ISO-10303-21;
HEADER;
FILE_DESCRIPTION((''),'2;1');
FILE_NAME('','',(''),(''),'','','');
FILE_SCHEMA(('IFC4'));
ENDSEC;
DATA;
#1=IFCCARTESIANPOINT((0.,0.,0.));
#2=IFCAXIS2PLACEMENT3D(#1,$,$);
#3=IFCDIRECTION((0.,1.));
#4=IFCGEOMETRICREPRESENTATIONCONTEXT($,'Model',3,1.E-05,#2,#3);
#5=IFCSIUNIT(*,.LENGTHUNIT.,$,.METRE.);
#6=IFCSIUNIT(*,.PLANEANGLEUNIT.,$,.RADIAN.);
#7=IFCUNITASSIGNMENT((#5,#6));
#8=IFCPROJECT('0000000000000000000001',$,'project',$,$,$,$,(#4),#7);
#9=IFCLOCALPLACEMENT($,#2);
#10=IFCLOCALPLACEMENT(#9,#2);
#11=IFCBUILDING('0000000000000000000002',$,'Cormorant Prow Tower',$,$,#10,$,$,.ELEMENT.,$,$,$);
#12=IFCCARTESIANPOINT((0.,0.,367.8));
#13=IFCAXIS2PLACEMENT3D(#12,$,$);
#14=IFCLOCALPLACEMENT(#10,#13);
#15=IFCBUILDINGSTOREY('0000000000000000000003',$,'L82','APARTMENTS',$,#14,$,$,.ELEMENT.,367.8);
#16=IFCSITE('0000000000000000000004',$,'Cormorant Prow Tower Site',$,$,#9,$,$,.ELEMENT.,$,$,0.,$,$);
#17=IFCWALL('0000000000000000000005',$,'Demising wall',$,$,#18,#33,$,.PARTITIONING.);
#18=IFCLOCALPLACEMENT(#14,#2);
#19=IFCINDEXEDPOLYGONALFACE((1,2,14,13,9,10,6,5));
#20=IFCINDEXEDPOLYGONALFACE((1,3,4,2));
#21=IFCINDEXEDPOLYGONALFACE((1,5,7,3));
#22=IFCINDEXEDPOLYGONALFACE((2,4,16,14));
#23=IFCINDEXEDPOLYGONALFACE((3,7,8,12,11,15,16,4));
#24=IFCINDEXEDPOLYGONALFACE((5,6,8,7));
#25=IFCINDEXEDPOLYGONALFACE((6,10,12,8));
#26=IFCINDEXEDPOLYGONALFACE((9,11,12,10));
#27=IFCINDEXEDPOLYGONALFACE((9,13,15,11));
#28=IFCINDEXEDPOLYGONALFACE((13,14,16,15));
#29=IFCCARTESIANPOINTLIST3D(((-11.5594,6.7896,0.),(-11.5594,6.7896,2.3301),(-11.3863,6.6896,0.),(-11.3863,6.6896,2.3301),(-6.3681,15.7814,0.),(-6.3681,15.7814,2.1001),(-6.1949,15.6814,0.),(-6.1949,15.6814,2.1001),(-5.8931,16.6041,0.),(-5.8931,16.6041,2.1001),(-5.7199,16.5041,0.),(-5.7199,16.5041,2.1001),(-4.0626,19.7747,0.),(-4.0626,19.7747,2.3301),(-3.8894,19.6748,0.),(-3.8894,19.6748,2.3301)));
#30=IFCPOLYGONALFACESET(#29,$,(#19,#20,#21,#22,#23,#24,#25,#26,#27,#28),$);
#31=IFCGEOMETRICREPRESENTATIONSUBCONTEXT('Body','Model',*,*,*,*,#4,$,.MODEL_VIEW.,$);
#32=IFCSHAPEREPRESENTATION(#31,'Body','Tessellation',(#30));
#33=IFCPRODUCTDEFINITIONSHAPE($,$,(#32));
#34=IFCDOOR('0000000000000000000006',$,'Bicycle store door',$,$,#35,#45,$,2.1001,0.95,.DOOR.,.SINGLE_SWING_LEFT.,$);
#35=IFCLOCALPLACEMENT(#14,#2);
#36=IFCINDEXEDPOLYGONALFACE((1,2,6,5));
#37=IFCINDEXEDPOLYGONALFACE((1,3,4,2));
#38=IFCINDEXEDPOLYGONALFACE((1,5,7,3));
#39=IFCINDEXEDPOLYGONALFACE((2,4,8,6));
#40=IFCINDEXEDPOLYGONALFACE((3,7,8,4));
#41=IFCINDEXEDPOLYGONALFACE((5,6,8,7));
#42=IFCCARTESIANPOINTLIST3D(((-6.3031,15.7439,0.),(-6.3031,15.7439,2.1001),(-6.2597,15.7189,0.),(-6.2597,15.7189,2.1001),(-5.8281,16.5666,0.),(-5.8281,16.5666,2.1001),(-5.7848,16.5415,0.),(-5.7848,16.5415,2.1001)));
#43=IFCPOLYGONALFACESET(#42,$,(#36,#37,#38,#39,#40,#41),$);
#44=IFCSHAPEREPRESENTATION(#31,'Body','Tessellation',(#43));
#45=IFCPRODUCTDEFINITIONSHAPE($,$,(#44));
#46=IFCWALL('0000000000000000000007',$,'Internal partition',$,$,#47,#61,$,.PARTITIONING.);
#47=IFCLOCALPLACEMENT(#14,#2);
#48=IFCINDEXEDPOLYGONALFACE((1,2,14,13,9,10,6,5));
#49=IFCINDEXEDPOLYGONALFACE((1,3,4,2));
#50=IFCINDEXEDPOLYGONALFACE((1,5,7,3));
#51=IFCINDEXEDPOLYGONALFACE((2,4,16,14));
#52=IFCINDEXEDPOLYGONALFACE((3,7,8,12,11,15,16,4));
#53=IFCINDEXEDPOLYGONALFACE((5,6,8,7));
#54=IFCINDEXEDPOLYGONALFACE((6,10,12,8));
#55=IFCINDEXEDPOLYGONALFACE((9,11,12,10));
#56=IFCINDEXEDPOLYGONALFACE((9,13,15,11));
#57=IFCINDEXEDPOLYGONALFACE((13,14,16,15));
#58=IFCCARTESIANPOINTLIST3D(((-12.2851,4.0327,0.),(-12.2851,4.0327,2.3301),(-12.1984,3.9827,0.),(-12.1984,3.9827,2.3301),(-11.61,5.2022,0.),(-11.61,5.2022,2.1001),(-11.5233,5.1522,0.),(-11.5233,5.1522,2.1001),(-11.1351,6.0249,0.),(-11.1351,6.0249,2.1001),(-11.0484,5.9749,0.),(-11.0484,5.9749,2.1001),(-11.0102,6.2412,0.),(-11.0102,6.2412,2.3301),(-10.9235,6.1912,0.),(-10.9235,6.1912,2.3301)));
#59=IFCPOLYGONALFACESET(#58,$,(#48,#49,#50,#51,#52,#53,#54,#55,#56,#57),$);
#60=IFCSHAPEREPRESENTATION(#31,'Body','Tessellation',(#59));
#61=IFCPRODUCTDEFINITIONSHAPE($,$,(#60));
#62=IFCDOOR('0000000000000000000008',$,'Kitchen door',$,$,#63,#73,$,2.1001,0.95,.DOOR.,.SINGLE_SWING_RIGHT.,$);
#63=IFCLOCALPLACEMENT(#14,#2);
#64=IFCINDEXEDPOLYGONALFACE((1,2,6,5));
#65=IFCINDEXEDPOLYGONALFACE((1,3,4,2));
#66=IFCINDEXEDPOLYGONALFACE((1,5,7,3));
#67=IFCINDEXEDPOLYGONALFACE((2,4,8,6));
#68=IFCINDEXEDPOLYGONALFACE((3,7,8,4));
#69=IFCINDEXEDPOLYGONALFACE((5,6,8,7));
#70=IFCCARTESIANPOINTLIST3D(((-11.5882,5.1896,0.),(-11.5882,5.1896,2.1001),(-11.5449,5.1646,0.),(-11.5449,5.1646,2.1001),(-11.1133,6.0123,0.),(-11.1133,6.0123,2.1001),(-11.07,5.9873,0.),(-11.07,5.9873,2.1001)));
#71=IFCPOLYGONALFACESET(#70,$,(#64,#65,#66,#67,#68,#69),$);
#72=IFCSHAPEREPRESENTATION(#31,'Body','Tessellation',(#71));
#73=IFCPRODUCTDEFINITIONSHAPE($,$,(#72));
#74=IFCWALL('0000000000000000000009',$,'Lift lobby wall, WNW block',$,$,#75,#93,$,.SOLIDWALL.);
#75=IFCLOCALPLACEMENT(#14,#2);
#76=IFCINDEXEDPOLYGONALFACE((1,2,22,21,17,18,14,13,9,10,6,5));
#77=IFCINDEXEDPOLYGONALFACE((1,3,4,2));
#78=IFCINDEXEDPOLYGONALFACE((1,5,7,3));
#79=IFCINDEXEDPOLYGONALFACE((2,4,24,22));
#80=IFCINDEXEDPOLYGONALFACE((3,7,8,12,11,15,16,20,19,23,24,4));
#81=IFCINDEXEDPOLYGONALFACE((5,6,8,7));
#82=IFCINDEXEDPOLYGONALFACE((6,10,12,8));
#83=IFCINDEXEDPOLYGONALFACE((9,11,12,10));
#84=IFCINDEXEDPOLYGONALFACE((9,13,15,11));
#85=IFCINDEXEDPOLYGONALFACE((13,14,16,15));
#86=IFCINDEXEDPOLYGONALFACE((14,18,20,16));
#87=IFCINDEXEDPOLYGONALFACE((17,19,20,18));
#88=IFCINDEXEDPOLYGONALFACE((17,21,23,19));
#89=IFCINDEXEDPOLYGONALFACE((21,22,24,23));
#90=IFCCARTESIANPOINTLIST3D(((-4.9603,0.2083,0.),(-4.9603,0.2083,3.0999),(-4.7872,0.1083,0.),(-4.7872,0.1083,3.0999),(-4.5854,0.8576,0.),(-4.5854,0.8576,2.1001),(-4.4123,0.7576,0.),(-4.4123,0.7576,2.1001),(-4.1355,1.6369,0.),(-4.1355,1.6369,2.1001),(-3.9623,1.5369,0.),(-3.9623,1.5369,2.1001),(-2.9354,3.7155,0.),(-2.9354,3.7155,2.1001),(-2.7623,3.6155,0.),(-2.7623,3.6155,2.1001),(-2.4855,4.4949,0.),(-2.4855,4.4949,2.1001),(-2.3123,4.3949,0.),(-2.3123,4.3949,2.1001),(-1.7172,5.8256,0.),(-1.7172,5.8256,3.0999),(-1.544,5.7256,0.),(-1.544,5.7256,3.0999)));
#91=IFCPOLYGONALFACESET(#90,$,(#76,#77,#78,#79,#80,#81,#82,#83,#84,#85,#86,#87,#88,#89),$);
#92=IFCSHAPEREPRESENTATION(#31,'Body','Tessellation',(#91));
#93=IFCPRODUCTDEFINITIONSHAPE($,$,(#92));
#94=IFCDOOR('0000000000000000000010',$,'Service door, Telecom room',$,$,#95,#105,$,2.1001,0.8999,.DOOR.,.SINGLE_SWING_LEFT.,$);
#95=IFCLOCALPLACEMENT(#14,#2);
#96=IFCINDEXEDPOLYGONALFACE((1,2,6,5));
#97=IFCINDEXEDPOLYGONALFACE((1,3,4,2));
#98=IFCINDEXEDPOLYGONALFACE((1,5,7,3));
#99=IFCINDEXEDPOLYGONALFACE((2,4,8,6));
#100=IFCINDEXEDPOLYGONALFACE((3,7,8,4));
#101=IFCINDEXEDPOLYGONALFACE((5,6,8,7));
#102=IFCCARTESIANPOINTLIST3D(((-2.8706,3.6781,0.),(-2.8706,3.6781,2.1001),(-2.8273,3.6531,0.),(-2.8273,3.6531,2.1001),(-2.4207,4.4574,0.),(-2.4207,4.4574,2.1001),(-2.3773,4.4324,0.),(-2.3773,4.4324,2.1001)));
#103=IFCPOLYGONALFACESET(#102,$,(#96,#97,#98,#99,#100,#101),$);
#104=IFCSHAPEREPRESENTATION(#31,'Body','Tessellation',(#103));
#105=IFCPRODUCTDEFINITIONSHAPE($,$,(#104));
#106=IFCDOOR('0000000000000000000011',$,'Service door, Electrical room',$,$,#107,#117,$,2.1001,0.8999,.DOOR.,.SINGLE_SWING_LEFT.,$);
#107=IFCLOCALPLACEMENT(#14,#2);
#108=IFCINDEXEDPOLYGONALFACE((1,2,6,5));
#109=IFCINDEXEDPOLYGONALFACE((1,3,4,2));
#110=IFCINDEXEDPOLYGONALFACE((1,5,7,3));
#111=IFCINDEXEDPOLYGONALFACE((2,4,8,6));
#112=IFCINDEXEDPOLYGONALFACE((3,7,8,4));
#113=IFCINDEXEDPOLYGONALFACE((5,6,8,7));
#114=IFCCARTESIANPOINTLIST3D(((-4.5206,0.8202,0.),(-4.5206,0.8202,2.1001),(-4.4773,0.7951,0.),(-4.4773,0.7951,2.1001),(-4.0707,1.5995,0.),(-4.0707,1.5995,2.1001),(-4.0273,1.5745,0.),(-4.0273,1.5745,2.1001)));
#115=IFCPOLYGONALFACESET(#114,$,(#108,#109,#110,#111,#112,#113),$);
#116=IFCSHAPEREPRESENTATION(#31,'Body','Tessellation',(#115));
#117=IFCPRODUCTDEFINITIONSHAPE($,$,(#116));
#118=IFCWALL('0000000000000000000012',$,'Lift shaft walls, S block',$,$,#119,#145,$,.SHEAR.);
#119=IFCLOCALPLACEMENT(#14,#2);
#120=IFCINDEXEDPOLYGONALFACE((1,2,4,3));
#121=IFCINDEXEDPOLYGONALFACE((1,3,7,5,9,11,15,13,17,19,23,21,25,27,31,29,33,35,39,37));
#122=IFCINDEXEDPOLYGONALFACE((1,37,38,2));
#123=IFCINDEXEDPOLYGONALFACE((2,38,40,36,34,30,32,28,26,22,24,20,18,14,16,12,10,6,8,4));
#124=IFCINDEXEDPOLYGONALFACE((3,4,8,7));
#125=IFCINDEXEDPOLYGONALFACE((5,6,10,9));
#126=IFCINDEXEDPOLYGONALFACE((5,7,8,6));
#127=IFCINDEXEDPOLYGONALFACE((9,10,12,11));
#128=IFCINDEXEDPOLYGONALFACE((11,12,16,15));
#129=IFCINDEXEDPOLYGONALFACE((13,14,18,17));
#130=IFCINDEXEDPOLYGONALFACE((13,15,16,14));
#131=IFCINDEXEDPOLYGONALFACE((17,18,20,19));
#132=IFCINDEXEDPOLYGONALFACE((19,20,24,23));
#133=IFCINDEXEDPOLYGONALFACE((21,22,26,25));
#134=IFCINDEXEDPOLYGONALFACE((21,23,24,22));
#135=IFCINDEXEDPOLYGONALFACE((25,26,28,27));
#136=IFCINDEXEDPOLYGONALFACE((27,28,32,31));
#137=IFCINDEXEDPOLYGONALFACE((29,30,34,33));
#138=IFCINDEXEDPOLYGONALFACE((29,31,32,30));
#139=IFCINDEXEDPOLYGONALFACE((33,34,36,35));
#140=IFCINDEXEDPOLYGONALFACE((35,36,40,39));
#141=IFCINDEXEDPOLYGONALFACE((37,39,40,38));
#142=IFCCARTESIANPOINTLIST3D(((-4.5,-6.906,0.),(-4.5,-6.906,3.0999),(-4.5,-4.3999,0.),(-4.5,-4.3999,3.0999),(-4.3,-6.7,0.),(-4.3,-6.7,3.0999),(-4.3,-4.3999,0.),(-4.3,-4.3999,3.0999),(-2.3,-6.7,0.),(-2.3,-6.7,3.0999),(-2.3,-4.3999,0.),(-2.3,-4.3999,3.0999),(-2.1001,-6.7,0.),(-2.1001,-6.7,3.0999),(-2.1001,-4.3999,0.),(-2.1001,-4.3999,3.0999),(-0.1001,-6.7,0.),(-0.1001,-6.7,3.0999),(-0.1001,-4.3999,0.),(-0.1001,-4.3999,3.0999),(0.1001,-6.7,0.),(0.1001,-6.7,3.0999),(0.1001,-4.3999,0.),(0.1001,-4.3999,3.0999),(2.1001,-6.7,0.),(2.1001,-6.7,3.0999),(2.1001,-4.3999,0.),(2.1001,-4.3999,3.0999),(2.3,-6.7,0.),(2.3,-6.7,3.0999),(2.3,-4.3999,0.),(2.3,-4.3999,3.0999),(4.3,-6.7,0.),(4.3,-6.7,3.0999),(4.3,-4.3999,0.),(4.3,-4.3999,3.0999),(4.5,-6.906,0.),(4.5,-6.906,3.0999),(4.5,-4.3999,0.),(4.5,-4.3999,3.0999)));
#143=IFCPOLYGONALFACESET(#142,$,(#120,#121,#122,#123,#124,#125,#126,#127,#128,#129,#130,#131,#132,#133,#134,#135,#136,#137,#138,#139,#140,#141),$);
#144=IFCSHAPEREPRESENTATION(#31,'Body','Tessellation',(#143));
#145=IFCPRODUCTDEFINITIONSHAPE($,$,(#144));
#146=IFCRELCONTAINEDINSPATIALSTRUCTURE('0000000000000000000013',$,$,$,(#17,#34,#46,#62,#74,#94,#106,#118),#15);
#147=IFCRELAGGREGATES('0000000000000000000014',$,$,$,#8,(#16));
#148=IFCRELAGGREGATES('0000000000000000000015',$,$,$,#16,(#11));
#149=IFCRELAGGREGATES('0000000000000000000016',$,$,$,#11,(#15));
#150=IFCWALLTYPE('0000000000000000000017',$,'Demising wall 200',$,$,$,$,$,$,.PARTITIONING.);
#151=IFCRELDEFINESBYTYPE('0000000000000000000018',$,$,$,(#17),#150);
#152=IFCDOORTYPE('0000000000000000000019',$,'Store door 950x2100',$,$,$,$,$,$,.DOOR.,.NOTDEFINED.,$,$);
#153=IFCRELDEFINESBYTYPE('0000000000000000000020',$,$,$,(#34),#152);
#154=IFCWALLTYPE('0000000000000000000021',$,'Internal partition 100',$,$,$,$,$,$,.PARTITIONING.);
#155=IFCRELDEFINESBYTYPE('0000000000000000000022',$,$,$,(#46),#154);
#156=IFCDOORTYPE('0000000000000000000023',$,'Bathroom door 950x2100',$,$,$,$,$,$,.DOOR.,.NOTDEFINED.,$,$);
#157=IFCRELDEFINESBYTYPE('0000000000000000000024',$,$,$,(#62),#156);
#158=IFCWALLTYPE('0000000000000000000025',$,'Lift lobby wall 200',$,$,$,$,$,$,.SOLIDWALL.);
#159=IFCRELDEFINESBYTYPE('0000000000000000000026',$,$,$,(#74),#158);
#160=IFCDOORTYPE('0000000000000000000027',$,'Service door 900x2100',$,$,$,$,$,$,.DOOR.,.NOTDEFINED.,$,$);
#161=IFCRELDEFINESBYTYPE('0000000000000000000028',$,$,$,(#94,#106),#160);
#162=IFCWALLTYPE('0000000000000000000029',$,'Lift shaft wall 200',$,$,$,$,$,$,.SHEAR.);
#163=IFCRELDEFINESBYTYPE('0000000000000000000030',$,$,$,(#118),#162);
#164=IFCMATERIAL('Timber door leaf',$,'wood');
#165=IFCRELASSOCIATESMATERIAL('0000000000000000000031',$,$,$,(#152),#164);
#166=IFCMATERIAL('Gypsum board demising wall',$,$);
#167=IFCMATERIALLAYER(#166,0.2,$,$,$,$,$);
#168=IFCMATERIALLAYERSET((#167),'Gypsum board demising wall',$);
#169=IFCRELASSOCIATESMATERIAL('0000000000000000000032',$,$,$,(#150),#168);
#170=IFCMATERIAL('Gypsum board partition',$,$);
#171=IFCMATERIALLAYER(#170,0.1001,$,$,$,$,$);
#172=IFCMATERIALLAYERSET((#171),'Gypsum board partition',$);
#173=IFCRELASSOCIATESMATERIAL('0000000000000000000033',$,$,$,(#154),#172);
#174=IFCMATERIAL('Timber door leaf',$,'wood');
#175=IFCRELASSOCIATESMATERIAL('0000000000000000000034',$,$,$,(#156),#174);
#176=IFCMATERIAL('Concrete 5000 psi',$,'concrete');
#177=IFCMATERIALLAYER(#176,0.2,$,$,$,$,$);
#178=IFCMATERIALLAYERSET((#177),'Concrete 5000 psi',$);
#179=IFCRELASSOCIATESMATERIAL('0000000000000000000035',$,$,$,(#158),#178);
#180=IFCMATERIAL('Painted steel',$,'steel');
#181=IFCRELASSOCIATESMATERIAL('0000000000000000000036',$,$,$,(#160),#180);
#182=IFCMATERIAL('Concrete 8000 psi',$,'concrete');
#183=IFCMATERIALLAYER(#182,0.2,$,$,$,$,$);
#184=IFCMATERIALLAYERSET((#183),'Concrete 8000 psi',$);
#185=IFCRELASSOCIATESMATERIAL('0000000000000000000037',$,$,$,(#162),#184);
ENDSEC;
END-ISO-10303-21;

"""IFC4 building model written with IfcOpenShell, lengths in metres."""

from ifc_helpers import new_model, si_unit, direction, frame, frame_2d, origin, place, context, subcontext, project, spatial, polyline, rectangle, outline, extrude, material, layer, layer_set, type_object, element, fill, save


model = new_model("IFC4")

# Units and contexts
model_context = context("Model", 3, precision=1e-05, world=origin(), true_north=direction((0.0, 1.0)))
body_context = subcontext(model_context, "Body", "Model", "MODEL_VIEW")
ifc_project = project(units=[si_unit("LENGTHUNIT", "METRE"), si_unit("PLANEANGLEUNIT", "RADIAN")], contexts=[model_context])

# Site, building, storey
site_placement = place(None, origin())
site = spatial("IfcSite", under=ifc_project, at=site_placement, Name="Cormorant Prow Tower Site", CompositionType="ELEMENT", RefElevation=0.0)
building_placement = place(site_placement, origin())
building = spatial("IfcBuilding", under=site, at=building_placement, Name="Cormorant Prow Tower", CompositionType="ELEMENT")
storey_placement = place(building_placement, frame((0.0, 0.0, 367.8)))
storey = spatial("IfcBuildingStorey", under=building, at=storey_placement, Name="L82", Description="APARTMENTS", CompositionType="ELEMENT", Elevation=367.8)

# Walls, openings, doors
ifc_material_1 = material(Name="Timber door leaf", Category="wood")
door_type_1 = type_object("IfcDoorType", Name="Store door 950x2100", OperationType="NOTDEFINED", PredefinedType="DOOR", material=ifc_material_1)
ifc_material_2 = material(Name="Gypsum board demising wall")
ifc_layer_1 = layer(ifc_material_2, 0.2)
ifc_layer_set_1 = layer_set([ifc_layer_1], Name="Gypsum board demising wall")
wall_type_1 = type_object("IfcWallType", Name="Demising wall 200", PredefinedType="PARTITIONING", material=ifc_layer_set_1)
wall_1_placement = place(storey_placement, frame((-11.4729, 6.7395, 0.0), z_axis=(0.0, 0.0, 1.0), x_axis=(0.499994, 0.866029, 0.0)))
wall_1 = element("IfcWall", 1, at=wall_1_placement, inside=storey, type_object=wall_type_1, Name="Demising wall", PredefinedType="PARTITIONING", context=body_context, shape_type="SweptSolid", body=[
    extrude(rectangle(XDim=14.9939, YDim=0.2, at=frame_2d((7.4971, 0.0))), origin(), (0.0, 0.0, 1.0), 2.3301),
])
opening_1_placement = place(wall_1_placement, frame((10.3828, 0.0, 0.0)))
opening_1 = element("IfcOpeningElement", 2, at=opening_1_placement, cuts=wall_1, PredefinedType="OPENING", context=body_context, shape_type="SweptSolid", body=[
    extrude(rectangle(XDim=0.95, YDim=2.1001, at=frame_2d((0.4751, 1.05))), frame((0.0, 0.1099, 0.0), z_axis=(0.0, -1.0, 0.0), x_axis=(1.0, 0.0, 0.0)), (0.0, 0.0, 1.0), 0.22),
])
door_1_placement = place(opening_1_placement, origin())
door_1 = element("IfcDoor", 3, at=door_1_placement, inside=storey, type_object=door_type_1, Name="Bicycle store door", OperationType="SINGLE_SWING_LEFT", OverallHeight=2.1001, OverallWidth=0.95, PredefinedType="DOOR", context=body_context, shape_type="SweptSolid", body=[
    extrude(rectangle(XDim=0.95, YDim=2.1001, at=frame_2d((0.4751, 1.05))), frame((0.0, 0.0249, 0.0), z_axis=(0.0, -1.0, 0.0), x_axis=(1.0, 0.0, 0.0)), (0.0, 0.0, 1.0), 0.05),
])
fill(opening_1, door_1)
ifc_material_3 = material(Name="Gypsum board partition")
ifc_layer_2 = layer(ifc_material_3, 0.1001)
ifc_layer_set_2 = layer_set([ifc_layer_2], Name="Gypsum board partition")
wall_type_2 = type_object("IfcWallType", Name="Internal partition 100", PredefinedType="PARTITIONING", material=ifc_layer_set_2)
wall_2_placement = place(storey_placement, frame((-12.2417, 4.0078, 0.0), z_axis=(0.0, 0.0, 1.0), x_axis=(0.499949, 0.866055, 0.0)))
wall_2 = element("IfcWall", 4, at=wall_2_placement, inside=storey, type_object=wall_type_2, Name="Internal partition", PredefinedType="PARTITIONING", context=body_context, shape_type="SweptSolid", body=[
    extrude(rectangle(XDim=2.55, YDim=0.1001, at=frame_2d((1.2749, 0.0))), origin(), (0.0, 0.0, 1.0), 2.3301),
])
opening_2_placement = place(wall_2_placement, frame((1.3501, 0.0, 0.0)))
opening_2 = element("IfcOpeningElement", 5, at=opening_2_placement, cuts=wall_2, PredefinedType="OPENING", context=body_context, shape_type="SweptSolid", body=[
    extrude(rectangle(XDim=0.95, YDim=2.1001, at=frame_2d((0.4751, 1.05))), frame((0.0, 0.0601, 0.0), z_axis=(0.0, -1.0, 0.0), x_axis=(1.0, 0.0, 0.0)), (0.0, 0.0, 1.0), 0.1201),
])
ifc_material_4 = material(Name="Timber door leaf", Category="wood")
door_type_2 = type_object("IfcDoorType", Name="Bathroom door 950x2100", OperationType="NOTDEFINED", PredefinedType="DOOR", material=ifc_material_4)
door_2_placement = place(opening_2_placement, origin())
door_2 = element("IfcDoor", 6, at=door_2_placement, inside=storey, type_object=door_type_2, Name="Kitchen door", OperationType="SINGLE_SWING_RIGHT", OverallHeight=2.1001, OverallWidth=0.95, PredefinedType="DOOR", context=body_context, shape_type="SweptSolid", body=[
    extrude(rectangle(XDim=0.95, YDim=2.1001, at=frame_2d((0.4751, 1.05))), frame((0.0, 0.0249, 0.0), z_axis=(0.0, -1.0, 0.0), x_axis=(1.0, 0.0, 0.0)), (0.0, 0.0, 1.0), 0.05),
])
fill(opening_2, door_2)

# Wall, openings, doors
ifc_material_5 = material(Name="Concrete 5000 psi", Category="concrete")
ifc_layer_3 = layer(ifc_material_5, 0.2)
ifc_layer_set_3 = layer_set([ifc_layer_3], Name="Concrete 5000 psi")
wall_type_3 = type_object("IfcWallType", Name="Lift lobby wall 200", PredefinedType="SOLIDWALL", material=ifc_layer_set_3)
wall_3_placement = place(storey_placement, frame((-1.6306, 5.7756, 0.0), z_axis=(0.0, 0.0, 1.0), x_axis=(-0.499993, -0.86603, 0.0)))
wall_3 = element("IfcWall", 7, at=wall_3_placement, inside=storey, type_object=wall_type_3, Name="Lift lobby wall, WNW block", PredefinedType="SOLIDWALL", context=body_context, shape_type="SweptSolid", body=[
    extrude(rectangle(XDim=6.4863, YDim=0.2, at=frame_2d((3.2432, 0.0))), origin(), (0.0, 0.0, 1.0), 3.0999),
])
opening_3_placement = place(wall_3_placement, frame((1.5366, 0.0, 0.0)))
opening_3 = element("IfcOpeningElement", 8, at=opening_3_placement, cuts=wall_3, PredefinedType="OPENING", context=body_context, shape_type="SweptSolid", body=[
    extrude(rectangle(XDim=0.8999, YDim=2.1001, at=frame_2d((0.45, 1.05))), frame((0.0, 0.1099, 0.0), z_axis=(0.0, -1.0, 0.0), x_axis=(1.0, 0.0, 0.0)), (0.0, 0.0, 1.0), 0.22),
])
opening_4_placement = place(wall_3_placement, frame((4.8367, 0.0, 0.0)))
opening_4 = element("IfcOpeningElement", 9, at=opening_4_placement, cuts=wall_3, PredefinedType="OPENING", context=body_context, shape_type="SweptSolid", body=[
    extrude(rectangle(XDim=0.8999, YDim=2.1001, at=frame_2d((0.45, 1.05))), frame((0.0, 0.1099, 0.0), z_axis=(0.0, -1.0, 0.0), x_axis=(1.0, 0.0, 0.0)), (0.0, 0.0, 1.0), 0.22),
])
ifc_material_6 = material(Name="Painted steel", Category="steel")
door_type_3 = type_object("IfcDoorType", Name="Service door 900x2100", OperationType="NOTDEFINED", PredefinedType="DOOR", material=ifc_material_6)
door_3_placement = place(opening_3_placement, origin())
door_3 = element("IfcDoor", 10, at=door_3_placement, inside=storey, type_object=door_type_3, Name="Service door, Telecom room", OperationType="SINGLE_SWING_LEFT", OverallHeight=2.1001, OverallWidth=0.8999, PredefinedType="DOOR", context=body_context, shape_type="SweptSolid", body=[
    extrude(rectangle(XDim=0.8999, YDim=2.1001, at=frame_2d((0.45, 1.05))), frame((0.0, 0.0249, 0.0), z_axis=(0.0, -1.0, 0.0), x_axis=(1.0, 0.0, 0.0)), (0.0, 0.0, 1.0), 0.05),
])
fill(opening_3, door_3)
door_4_placement = place(opening_4_placement, origin())
door_4 = element("IfcDoor", 11, at=door_4_placement, inside=storey, type_object=door_type_3, Name="Service door, Electrical room", OperationType="SINGLE_SWING_LEFT", OverallHeight=2.1001, OverallWidth=0.8999, PredefinedType="DOOR", context=body_context, shape_type="SweptSolid", body=[
    extrude(rectangle(XDim=0.8999, YDim=2.1001, at=frame_2d((0.45, 1.05))), frame((0.0, 0.0249, 0.0), z_axis=(0.0, -1.0, 0.0), x_axis=(1.0, 0.0, 0.0)), (0.0, 0.0, 1.0), 0.05),
])
fill(opening_4, door_4)

# Wall
ifc_material_7 = material(Name="Concrete 8000 psi", Category="concrete")
ifc_layer_4 = layer(ifc_material_7, 0.2)
ifc_layer_set_4 = layer_set([ifc_layer_4], Name="Concrete 8000 psi")
wall_type_4 = type_object("IfcWallType", Name="Lift shaft wall 200", PredefinedType="SHEAR", material=ifc_layer_set_4)
wall_4_placement = place(storey_placement, origin())
element("IfcWall", 12, at=wall_4_placement, inside=storey, type_object=wall_type_4, Name="Lift shaft walls, S block", PredefinedType="SHEAR", context=body_context, shape_type="SweptSolid", body=[
    extrude(outline(polyline([(4.5, -4.3999), (4.5, -6.906), (-4.5, -6.906), (-4.5, -4.3999), (-4.3, -4.3999), (-4.3, -6.7), (-2.3, -6.7), (-2.3, -4.3999), (-2.1001, -4.3999), (-2.1001, -6.7), (-0.1001, -6.7), (-0.1001, -4.3999), (0.1001, -4.3999), (0.1001, -6.7), (2.1001, -6.7), (2.1001, -4.3999), (2.3, -4.3999), (2.3, -6.7), (4.3, -6.7), (4.3, -4.3999), (4.5, -4.3999)])), origin(), (0.0, 0.0, 1.0), 3.0999),
])

save(model, "model.ifc")
